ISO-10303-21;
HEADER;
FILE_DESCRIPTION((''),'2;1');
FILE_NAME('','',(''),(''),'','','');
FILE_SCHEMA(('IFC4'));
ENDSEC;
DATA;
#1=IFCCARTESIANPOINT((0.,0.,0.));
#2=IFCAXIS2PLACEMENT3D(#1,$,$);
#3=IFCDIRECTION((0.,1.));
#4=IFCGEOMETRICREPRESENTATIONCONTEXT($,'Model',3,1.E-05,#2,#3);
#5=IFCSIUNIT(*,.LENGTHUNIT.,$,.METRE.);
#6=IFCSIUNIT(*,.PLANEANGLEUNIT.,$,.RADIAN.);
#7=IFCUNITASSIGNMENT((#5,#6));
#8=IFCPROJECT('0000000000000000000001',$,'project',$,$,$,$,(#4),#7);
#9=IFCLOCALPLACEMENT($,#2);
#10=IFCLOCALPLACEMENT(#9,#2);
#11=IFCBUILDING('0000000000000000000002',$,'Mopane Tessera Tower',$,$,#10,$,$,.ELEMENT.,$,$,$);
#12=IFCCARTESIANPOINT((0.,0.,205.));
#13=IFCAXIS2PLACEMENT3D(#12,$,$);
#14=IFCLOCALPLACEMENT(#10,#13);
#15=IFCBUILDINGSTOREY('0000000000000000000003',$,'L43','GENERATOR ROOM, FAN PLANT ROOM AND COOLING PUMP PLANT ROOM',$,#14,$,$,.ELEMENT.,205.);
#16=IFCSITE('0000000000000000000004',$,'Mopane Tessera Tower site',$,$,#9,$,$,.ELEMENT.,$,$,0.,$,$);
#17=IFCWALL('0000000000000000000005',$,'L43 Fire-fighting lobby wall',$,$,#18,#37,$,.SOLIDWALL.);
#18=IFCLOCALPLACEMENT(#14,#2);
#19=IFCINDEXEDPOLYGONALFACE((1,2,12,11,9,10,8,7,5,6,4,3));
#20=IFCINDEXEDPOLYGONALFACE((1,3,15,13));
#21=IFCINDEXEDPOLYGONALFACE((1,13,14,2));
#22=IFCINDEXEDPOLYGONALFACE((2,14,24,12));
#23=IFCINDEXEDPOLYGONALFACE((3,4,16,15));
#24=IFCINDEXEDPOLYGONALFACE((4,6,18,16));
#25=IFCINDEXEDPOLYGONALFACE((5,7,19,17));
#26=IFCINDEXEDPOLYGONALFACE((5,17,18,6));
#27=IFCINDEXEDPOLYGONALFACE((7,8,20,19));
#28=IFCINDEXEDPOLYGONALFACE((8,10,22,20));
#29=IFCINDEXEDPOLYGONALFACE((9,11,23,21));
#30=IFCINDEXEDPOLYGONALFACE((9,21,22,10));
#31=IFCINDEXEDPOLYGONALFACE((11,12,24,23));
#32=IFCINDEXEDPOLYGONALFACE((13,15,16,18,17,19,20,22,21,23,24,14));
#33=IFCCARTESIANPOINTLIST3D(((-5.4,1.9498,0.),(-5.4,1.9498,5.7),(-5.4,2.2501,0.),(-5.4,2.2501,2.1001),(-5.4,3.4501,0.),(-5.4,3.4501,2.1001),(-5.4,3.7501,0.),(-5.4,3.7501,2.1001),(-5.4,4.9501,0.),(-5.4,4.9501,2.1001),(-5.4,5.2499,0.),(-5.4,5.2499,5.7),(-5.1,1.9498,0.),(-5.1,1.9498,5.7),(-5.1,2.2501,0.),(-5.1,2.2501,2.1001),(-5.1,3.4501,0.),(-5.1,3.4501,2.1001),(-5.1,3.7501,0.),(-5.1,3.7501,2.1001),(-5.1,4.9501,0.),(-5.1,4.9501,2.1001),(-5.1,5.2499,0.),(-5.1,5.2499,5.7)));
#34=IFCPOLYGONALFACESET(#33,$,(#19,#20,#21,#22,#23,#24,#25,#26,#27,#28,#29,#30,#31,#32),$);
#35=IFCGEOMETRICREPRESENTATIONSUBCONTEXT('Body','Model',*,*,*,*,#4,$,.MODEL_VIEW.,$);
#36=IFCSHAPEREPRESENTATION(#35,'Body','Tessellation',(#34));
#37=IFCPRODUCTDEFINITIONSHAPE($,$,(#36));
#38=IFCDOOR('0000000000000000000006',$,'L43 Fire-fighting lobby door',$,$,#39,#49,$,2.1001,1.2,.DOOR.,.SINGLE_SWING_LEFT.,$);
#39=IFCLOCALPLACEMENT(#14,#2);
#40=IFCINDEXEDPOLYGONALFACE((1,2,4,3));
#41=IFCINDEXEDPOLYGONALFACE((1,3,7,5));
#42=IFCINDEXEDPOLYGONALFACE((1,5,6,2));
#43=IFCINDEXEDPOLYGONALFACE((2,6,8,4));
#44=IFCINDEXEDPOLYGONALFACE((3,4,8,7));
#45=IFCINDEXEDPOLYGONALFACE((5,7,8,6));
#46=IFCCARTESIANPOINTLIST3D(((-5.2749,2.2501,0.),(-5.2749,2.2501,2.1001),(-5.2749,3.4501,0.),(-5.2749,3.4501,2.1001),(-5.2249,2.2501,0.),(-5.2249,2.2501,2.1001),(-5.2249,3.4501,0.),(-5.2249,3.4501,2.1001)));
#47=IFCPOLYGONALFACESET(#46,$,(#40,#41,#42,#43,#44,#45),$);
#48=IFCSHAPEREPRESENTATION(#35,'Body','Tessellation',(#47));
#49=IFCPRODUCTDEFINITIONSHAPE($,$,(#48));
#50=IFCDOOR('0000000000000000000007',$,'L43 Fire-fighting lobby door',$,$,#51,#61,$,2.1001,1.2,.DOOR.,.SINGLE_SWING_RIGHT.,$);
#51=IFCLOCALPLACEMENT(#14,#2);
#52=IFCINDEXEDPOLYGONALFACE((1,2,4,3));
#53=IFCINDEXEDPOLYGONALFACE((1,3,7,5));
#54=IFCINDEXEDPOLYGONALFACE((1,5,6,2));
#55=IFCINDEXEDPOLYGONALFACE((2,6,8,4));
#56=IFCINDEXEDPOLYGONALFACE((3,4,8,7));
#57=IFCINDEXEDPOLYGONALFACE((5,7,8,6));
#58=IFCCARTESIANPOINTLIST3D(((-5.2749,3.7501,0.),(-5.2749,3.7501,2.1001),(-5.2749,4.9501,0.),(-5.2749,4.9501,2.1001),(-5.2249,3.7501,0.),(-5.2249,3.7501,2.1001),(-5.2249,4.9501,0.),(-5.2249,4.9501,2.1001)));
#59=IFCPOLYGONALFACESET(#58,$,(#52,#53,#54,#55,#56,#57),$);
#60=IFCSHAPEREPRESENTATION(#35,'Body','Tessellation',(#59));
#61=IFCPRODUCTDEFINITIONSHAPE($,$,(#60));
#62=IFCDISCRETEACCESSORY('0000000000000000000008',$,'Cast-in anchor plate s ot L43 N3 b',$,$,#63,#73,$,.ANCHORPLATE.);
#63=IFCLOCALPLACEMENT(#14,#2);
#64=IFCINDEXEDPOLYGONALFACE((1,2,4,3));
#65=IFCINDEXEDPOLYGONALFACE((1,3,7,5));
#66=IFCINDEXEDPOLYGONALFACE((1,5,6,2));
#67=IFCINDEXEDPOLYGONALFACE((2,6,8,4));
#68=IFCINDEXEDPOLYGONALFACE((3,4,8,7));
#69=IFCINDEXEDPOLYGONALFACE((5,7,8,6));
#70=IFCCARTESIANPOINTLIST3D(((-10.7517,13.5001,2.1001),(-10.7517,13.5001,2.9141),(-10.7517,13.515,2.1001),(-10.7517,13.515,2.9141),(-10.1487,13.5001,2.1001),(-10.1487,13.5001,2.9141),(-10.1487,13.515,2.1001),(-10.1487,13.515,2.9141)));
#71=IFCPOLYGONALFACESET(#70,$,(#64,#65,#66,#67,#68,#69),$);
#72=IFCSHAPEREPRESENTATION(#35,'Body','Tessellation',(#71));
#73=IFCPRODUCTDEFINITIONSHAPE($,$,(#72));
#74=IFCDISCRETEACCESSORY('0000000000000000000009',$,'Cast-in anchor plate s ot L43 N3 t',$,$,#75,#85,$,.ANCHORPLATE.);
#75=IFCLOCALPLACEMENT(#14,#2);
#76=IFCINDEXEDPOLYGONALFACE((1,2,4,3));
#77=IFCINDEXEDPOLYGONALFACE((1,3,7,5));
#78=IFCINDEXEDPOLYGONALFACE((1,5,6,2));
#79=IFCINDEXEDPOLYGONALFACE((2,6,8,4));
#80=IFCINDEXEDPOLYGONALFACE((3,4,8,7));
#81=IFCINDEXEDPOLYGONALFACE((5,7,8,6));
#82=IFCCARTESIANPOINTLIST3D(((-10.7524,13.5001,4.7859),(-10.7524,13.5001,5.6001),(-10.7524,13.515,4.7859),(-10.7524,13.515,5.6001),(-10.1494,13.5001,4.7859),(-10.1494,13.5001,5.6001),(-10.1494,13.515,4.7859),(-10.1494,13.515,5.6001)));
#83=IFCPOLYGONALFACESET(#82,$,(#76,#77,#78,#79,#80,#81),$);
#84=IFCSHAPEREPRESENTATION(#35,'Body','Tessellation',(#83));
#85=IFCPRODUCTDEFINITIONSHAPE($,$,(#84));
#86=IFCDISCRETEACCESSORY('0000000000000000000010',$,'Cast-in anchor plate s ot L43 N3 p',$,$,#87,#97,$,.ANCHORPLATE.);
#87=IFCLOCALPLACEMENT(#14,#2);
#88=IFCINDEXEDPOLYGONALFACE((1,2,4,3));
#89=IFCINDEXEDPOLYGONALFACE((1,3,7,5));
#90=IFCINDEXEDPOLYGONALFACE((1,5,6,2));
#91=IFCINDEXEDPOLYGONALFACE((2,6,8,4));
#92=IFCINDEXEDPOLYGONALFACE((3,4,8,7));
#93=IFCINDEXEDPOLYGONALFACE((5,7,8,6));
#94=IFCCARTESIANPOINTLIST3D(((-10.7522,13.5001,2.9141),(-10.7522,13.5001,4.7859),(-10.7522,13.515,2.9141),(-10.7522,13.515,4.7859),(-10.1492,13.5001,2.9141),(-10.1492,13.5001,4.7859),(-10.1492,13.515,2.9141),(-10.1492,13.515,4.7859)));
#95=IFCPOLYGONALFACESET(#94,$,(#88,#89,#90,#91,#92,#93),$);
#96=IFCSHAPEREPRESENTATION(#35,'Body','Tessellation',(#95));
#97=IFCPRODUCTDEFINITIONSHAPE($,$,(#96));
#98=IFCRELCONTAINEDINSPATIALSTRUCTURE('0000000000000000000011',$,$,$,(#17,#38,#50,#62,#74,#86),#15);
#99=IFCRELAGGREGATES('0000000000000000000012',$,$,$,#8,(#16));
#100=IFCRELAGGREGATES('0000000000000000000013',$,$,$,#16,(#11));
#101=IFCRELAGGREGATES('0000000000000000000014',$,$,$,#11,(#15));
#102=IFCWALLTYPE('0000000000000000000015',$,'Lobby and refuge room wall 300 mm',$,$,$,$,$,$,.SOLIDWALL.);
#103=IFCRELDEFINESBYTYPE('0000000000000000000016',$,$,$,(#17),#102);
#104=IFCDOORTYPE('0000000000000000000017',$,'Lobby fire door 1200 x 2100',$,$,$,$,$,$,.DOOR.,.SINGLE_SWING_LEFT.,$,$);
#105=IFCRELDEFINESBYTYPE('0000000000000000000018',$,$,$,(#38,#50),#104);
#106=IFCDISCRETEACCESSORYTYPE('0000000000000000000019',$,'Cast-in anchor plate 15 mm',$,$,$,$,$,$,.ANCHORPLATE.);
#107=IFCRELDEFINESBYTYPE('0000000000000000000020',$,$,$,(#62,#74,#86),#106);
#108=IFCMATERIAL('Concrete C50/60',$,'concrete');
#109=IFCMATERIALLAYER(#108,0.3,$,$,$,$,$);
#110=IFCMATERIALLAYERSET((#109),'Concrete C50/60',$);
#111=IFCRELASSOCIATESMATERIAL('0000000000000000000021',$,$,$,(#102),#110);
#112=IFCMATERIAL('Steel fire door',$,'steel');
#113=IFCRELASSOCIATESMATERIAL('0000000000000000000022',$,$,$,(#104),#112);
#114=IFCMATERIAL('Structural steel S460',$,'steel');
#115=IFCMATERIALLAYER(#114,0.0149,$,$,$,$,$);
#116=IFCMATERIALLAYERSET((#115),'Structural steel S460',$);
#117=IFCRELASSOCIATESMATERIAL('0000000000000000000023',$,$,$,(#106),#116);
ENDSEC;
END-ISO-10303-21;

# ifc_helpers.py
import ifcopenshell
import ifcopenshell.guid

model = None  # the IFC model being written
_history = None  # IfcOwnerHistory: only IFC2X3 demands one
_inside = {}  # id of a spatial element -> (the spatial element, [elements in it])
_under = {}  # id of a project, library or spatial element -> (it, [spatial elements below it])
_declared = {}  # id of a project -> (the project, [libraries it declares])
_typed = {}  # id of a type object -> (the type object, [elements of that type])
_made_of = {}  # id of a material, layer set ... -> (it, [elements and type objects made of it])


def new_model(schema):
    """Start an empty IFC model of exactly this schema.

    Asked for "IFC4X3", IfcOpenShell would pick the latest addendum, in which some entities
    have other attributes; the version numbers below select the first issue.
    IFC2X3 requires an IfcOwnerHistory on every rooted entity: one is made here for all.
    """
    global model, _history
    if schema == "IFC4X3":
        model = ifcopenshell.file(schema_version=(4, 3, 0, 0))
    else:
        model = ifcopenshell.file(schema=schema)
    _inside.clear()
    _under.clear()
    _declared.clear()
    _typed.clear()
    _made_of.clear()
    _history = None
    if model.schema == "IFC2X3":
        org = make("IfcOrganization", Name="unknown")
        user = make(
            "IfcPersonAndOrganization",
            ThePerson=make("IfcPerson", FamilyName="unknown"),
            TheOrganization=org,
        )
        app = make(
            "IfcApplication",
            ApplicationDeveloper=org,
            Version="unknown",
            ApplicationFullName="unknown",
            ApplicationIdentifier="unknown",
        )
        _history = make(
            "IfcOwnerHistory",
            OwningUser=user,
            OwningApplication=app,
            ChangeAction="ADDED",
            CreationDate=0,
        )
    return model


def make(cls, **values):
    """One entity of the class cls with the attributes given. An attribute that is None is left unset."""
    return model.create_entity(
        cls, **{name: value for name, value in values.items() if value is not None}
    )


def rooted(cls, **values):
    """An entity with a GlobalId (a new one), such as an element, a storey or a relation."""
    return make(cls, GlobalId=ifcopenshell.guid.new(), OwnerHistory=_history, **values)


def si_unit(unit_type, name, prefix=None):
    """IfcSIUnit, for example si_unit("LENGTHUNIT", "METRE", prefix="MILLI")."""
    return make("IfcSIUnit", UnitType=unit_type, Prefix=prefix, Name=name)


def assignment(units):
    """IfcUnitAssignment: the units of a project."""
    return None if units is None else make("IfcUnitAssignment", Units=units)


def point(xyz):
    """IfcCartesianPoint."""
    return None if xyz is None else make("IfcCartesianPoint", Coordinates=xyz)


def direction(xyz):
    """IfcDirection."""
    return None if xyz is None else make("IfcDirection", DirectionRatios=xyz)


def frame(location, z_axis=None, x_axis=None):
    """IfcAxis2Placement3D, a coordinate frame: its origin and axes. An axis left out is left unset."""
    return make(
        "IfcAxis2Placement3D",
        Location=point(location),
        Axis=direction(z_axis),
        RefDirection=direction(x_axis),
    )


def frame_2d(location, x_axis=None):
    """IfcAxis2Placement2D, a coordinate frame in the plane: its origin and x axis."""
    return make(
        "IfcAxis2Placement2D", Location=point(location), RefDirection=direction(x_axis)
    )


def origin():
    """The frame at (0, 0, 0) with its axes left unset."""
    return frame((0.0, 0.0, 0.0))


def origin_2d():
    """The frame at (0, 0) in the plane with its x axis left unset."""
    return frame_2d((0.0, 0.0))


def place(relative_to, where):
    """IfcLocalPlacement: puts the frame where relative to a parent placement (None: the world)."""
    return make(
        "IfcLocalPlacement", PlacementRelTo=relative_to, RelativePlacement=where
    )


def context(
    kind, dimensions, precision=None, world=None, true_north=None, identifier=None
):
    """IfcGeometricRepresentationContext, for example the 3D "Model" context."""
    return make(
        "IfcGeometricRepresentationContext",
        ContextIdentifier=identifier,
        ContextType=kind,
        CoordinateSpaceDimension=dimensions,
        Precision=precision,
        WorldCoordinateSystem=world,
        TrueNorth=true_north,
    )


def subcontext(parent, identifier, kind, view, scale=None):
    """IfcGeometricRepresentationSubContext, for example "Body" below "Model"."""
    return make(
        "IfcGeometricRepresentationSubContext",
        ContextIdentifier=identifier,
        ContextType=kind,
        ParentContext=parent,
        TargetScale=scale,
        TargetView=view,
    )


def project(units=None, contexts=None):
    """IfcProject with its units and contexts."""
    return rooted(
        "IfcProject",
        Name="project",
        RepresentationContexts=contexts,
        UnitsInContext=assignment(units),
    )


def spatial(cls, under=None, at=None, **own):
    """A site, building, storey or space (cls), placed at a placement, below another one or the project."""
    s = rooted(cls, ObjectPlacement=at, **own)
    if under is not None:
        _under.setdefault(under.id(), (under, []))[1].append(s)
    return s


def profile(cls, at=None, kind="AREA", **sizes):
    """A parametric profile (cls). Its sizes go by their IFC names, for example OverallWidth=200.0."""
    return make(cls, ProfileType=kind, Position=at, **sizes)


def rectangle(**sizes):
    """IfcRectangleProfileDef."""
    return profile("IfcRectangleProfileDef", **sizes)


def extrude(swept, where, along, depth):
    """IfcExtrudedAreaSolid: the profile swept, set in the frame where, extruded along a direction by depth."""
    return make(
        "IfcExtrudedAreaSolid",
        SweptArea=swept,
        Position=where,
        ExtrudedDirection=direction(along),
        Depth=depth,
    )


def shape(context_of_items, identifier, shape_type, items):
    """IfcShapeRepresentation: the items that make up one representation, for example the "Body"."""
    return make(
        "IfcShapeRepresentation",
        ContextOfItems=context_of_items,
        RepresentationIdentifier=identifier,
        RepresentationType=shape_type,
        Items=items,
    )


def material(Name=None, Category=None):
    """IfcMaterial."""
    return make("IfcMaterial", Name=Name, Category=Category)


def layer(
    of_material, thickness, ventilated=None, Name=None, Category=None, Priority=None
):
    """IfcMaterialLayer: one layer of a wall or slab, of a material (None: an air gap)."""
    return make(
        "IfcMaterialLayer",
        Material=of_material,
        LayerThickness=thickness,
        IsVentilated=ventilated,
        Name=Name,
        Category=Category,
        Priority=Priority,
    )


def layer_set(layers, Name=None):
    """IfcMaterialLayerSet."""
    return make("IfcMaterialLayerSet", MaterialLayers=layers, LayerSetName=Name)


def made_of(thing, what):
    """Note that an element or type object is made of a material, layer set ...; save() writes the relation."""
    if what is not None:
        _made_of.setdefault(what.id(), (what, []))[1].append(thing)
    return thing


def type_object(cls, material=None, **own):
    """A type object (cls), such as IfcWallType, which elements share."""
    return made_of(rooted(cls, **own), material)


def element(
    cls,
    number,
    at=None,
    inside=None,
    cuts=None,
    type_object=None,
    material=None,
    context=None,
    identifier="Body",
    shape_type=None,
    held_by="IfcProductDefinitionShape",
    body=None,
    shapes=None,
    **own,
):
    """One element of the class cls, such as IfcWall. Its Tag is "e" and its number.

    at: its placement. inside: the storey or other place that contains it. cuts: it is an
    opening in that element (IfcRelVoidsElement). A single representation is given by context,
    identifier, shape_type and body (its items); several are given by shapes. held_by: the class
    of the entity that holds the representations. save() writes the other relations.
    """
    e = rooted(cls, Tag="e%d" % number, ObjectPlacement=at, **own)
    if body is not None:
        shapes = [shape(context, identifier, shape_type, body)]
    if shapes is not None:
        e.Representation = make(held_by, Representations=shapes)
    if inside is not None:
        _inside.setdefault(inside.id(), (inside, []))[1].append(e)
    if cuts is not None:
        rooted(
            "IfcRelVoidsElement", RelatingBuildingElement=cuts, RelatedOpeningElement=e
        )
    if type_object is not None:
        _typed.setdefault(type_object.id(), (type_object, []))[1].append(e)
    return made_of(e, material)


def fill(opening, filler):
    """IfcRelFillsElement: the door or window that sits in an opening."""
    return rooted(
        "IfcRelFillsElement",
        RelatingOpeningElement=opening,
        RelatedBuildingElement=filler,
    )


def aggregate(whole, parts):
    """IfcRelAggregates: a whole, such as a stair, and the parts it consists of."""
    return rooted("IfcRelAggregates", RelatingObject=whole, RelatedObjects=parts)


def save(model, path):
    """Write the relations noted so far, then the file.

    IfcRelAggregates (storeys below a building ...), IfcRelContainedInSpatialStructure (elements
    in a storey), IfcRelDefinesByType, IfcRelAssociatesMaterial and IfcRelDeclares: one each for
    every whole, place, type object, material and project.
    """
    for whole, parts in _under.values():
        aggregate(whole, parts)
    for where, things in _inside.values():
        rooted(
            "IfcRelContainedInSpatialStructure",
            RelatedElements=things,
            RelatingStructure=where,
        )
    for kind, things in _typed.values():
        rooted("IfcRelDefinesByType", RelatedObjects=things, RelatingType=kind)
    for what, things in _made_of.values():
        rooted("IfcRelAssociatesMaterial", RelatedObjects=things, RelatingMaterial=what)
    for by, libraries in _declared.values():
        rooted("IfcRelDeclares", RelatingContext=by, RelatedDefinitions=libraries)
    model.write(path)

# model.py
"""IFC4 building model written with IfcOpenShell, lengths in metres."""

from ifc_helpers import new_model, si_unit, direction, frame, frame_2d, origin, origin_2d, place, context, subcontext, project, spatial, rectangle, extrude, material, layer, layer_set, type_object, element, fill, save


model = new_model("IFC4")

# Units and contexts
model_context = context("Model", 3, precision=1e-05, world=origin(), true_north=direction((0.0, 1.0)))
body_context = subcontext(model_context, "Body", "Model", "MODEL_VIEW")
ifc_project = project(units=[si_unit("LENGTHUNIT", "METRE"), si_unit("PLANEANGLEUNIT", "RADIAN")], contexts=[model_context])

# Site, building, storey
site_placement = place(None, origin())
site = spatial("IfcSite", under=ifc_project, at=site_placement, Name="Mopane Tessera Tower site", CompositionType="ELEMENT", RefElevation=0.0)
building_placement = place(site_placement, origin())
building = spatial("IfcBuilding", under=site, at=building_placement, Name="Mopane Tessera Tower", CompositionType="ELEMENT")
storey_placement = place(building_placement, frame((0.0, 0.0, 205.0)))
storey = spatial("IfcBuildingStorey", under=building, at=storey_placement, Name="L43", Description="GENERATOR ROOM, FAN PLANT ROOM AND COOLING PUMP PLANT ROOM", CompositionType="ELEMENT", Elevation=205.0)

# Wall, openings, doors
ifc_material_1 = material(Name="Concrete C50/60", Category="concrete")
ifc_layer_1 = layer(ifc_material_1, 0.3)
ifc_layer_set_1 = layer_set([ifc_layer_1], Name="Concrete C50/60")
wall_type_1 = type_object("IfcWallType", Name="Lobby and refuge room wall 300 mm", PredefinedType="SOLIDWALL", material=ifc_layer_set_1)
wall_1_placement = place(storey_placement, frame((-5.25, 1.95, 0.0), z_axis=(0.0, 0.0, 1.0), x_axis=(0.0, 1.0, 0.0)))
wall_1 = element("IfcWall", 1, at=wall_1_placement, inside=storey, type_object=wall_type_1, Name="L43 Fire-fighting lobby wall", PredefinedType="SOLIDWALL", context=body_context, shape_type="SweptSolid", body=[
    extrude(rectangle(XDim=3.3, YDim=0.3, at=frame_2d((1.6499, 0.0))), origin(), (0.0, 0.0, 1.0), 5.7),
])
opening_1_placement = place(wall_1_placement, frame((0.3, 0.0, 0.0)))
opening_1 = element("IfcOpeningElement", 2, at=opening_1_placement, cuts=wall_1, PredefinedType="OPENING", context=body_context, shape_type="SweptSolid", body=[
    extrude(rectangle(XDim=1.2, YDim=2.1001, at=frame_2d((0.6001, 1.05))), frame((0.0, 0.1621, 0.0), z_axis=(0.0, -1.0, 0.0), x_axis=(1.0, 0.0, 0.0)), (0.0, 0.0, 1.0), 0.324),
])
opening_2_placement = place(wall_1_placement, frame((1.8, 0.0, 0.0)))
opening_2 = element("IfcOpeningElement", 3, at=opening_2_placement, cuts=wall_1, PredefinedType="OPENING", context=body_context, shape_type="SweptSolid", body=[
    extrude(rectangle(XDim=1.2, YDim=2.1001, at=frame_2d((0.6001, 1.05))), frame((0.0, 0.1621, 0.0), z_axis=(0.0, -1.0, 0.0), x_axis=(1.0, 0.0, 0.0)), (0.0, 0.0, 1.0), 0.324),
])
ifc_material_2 = material(Name="Steel fire door", Category="steel")
door_type_1 = type_object("IfcDoorType", Name="Lobby fire door 1200 x 2100", OperationType="SINGLE_SWING_LEFT", PredefinedType="DOOR", material=ifc_material_2)
door_1_placement = place(opening_1_placement, origin())
door_1 = element("IfcDoor", 4, at=door_1_placement, inside=storey, type_object=door_type_1, Name="L43 Fire-fighting lobby door", OperationType="SINGLE_SWING_LEFT", OverallHeight=2.1001, OverallWidth=1.2, PredefinedType="DOOR", context=body_context, shape_type="SweptSolid", body=[
    extrude(rectangle(XDim=1.2, YDim=2.1001, at=frame_2d((0.6001, 1.05))), frame((0.0, 0.0249, 0.0), z_axis=(0.0, -1.0, 0.0), x_axis=(1.0, 0.0, 0.0)), (0.0, 0.0, 1.0), 0.05),
])
fill(opening_1, door_1)
door_2_placement = place(opening_2_placement, origin())
door_2 = element("IfcDoor", 5, at=door_2_placement, inside=storey, type_object=door_type_1, Name="L43 Fire-fighting lobby door", OperationType="SINGLE_SWING_RIGHT", OverallHeight=2.1001, OverallWidth=1.2, PredefinedType="DOOR", context=body_context, shape_type="SweptSolid", body=[
    extrude(rectangle(XDim=1.2, YDim=2.1001, at=frame_2d((0.6001, 1.05))), frame((0.0, 0.0249, 0.0), z_axis=(0.0, -1.0, 0.0), x_axis=(1.0, 0.0, 0.0)), (0.0, 0.0, 1.0), 0.05),
])
fill(opening_2, door_2)

# Discrete accessories
ifc_material_3 = material(Name="Structural steel S460", Category="steel")
ifc_layer_2 = layer(ifc_material_3, 0.0149)
ifc_layer_set_2 = layer_set([ifc_layer_2], Name="Structural steel S460")
discrete_accessory_type = type_object("IfcDiscreteAccessoryType", Name="Cast-in anchor plate 15 mm", PredefinedType="ANCHORPLATE", material=ifc_layer_set_2)
discrete_accessory_1_placement = place(storey_placement, frame((-10.4502, 13.5076, 2.1001), z_axis=(0.0, 0.0, 1.0), x_axis=(0.0, 1.0, 0.0)))
element("IfcDiscreteAccessory", 6, at=discrete_accessory_1_placement, inside=storey, type_object=discrete_accessory_type, Name="Cast-in anchor plate s ot L43 N3 b", PredefinedType="ANCHORPLATE", context=body_context, shape_type="SweptSolid", body=[
    extrude(rectangle(XDim=0.0149, YDim=0.603, at=origin_2d()), origin(), (0.0, 0.0, 1.0), 0.814),
])
discrete_accessory_2_placement = place(storey_placement, frame((-10.4509, 13.5076, 4.7859), z_axis=(0.0, 0.0, 1.0), x_axis=(0.0, 1.0, 0.0)))
element("IfcDiscreteAccessory", 7, at=discrete_accessory_2_placement, inside=storey, type_object=discrete_accessory_type, Name="Cast-in anchor plate s ot L43 N3 t", PredefinedType="ANCHORPLATE", context=body_context, shape_type="SweptSolid", body=[
    extrude(rectangle(XDim=0.0149, YDim=0.603, at=origin_2d()), origin(), (0.0, 0.0, 1.0), 0.8142),
])
discrete_accessory_3_placement = place(storey_placement, frame((-10.4507, 13.5076, 2.9141), z_axis=(0.0, 0.0, 1.0), x_axis=(0.0, 1.0, 0.0)))
element("IfcDiscreteAccessory", 8, at=discrete_accessory_3_placement, inside=storey, type_object=discrete_accessory_type, Name="Cast-in anchor plate s ot L43 N3 p", PredefinedType="ANCHORPLATE", context=body_context, shape_type="SweptSolid", body=[
    extrude(rectangle(XDim=0.0149, YDim=0.603, at=origin_2d()), origin(), (0.0, 0.0, 1.0), 1.8718),
])

save(model, "model.ifc")
